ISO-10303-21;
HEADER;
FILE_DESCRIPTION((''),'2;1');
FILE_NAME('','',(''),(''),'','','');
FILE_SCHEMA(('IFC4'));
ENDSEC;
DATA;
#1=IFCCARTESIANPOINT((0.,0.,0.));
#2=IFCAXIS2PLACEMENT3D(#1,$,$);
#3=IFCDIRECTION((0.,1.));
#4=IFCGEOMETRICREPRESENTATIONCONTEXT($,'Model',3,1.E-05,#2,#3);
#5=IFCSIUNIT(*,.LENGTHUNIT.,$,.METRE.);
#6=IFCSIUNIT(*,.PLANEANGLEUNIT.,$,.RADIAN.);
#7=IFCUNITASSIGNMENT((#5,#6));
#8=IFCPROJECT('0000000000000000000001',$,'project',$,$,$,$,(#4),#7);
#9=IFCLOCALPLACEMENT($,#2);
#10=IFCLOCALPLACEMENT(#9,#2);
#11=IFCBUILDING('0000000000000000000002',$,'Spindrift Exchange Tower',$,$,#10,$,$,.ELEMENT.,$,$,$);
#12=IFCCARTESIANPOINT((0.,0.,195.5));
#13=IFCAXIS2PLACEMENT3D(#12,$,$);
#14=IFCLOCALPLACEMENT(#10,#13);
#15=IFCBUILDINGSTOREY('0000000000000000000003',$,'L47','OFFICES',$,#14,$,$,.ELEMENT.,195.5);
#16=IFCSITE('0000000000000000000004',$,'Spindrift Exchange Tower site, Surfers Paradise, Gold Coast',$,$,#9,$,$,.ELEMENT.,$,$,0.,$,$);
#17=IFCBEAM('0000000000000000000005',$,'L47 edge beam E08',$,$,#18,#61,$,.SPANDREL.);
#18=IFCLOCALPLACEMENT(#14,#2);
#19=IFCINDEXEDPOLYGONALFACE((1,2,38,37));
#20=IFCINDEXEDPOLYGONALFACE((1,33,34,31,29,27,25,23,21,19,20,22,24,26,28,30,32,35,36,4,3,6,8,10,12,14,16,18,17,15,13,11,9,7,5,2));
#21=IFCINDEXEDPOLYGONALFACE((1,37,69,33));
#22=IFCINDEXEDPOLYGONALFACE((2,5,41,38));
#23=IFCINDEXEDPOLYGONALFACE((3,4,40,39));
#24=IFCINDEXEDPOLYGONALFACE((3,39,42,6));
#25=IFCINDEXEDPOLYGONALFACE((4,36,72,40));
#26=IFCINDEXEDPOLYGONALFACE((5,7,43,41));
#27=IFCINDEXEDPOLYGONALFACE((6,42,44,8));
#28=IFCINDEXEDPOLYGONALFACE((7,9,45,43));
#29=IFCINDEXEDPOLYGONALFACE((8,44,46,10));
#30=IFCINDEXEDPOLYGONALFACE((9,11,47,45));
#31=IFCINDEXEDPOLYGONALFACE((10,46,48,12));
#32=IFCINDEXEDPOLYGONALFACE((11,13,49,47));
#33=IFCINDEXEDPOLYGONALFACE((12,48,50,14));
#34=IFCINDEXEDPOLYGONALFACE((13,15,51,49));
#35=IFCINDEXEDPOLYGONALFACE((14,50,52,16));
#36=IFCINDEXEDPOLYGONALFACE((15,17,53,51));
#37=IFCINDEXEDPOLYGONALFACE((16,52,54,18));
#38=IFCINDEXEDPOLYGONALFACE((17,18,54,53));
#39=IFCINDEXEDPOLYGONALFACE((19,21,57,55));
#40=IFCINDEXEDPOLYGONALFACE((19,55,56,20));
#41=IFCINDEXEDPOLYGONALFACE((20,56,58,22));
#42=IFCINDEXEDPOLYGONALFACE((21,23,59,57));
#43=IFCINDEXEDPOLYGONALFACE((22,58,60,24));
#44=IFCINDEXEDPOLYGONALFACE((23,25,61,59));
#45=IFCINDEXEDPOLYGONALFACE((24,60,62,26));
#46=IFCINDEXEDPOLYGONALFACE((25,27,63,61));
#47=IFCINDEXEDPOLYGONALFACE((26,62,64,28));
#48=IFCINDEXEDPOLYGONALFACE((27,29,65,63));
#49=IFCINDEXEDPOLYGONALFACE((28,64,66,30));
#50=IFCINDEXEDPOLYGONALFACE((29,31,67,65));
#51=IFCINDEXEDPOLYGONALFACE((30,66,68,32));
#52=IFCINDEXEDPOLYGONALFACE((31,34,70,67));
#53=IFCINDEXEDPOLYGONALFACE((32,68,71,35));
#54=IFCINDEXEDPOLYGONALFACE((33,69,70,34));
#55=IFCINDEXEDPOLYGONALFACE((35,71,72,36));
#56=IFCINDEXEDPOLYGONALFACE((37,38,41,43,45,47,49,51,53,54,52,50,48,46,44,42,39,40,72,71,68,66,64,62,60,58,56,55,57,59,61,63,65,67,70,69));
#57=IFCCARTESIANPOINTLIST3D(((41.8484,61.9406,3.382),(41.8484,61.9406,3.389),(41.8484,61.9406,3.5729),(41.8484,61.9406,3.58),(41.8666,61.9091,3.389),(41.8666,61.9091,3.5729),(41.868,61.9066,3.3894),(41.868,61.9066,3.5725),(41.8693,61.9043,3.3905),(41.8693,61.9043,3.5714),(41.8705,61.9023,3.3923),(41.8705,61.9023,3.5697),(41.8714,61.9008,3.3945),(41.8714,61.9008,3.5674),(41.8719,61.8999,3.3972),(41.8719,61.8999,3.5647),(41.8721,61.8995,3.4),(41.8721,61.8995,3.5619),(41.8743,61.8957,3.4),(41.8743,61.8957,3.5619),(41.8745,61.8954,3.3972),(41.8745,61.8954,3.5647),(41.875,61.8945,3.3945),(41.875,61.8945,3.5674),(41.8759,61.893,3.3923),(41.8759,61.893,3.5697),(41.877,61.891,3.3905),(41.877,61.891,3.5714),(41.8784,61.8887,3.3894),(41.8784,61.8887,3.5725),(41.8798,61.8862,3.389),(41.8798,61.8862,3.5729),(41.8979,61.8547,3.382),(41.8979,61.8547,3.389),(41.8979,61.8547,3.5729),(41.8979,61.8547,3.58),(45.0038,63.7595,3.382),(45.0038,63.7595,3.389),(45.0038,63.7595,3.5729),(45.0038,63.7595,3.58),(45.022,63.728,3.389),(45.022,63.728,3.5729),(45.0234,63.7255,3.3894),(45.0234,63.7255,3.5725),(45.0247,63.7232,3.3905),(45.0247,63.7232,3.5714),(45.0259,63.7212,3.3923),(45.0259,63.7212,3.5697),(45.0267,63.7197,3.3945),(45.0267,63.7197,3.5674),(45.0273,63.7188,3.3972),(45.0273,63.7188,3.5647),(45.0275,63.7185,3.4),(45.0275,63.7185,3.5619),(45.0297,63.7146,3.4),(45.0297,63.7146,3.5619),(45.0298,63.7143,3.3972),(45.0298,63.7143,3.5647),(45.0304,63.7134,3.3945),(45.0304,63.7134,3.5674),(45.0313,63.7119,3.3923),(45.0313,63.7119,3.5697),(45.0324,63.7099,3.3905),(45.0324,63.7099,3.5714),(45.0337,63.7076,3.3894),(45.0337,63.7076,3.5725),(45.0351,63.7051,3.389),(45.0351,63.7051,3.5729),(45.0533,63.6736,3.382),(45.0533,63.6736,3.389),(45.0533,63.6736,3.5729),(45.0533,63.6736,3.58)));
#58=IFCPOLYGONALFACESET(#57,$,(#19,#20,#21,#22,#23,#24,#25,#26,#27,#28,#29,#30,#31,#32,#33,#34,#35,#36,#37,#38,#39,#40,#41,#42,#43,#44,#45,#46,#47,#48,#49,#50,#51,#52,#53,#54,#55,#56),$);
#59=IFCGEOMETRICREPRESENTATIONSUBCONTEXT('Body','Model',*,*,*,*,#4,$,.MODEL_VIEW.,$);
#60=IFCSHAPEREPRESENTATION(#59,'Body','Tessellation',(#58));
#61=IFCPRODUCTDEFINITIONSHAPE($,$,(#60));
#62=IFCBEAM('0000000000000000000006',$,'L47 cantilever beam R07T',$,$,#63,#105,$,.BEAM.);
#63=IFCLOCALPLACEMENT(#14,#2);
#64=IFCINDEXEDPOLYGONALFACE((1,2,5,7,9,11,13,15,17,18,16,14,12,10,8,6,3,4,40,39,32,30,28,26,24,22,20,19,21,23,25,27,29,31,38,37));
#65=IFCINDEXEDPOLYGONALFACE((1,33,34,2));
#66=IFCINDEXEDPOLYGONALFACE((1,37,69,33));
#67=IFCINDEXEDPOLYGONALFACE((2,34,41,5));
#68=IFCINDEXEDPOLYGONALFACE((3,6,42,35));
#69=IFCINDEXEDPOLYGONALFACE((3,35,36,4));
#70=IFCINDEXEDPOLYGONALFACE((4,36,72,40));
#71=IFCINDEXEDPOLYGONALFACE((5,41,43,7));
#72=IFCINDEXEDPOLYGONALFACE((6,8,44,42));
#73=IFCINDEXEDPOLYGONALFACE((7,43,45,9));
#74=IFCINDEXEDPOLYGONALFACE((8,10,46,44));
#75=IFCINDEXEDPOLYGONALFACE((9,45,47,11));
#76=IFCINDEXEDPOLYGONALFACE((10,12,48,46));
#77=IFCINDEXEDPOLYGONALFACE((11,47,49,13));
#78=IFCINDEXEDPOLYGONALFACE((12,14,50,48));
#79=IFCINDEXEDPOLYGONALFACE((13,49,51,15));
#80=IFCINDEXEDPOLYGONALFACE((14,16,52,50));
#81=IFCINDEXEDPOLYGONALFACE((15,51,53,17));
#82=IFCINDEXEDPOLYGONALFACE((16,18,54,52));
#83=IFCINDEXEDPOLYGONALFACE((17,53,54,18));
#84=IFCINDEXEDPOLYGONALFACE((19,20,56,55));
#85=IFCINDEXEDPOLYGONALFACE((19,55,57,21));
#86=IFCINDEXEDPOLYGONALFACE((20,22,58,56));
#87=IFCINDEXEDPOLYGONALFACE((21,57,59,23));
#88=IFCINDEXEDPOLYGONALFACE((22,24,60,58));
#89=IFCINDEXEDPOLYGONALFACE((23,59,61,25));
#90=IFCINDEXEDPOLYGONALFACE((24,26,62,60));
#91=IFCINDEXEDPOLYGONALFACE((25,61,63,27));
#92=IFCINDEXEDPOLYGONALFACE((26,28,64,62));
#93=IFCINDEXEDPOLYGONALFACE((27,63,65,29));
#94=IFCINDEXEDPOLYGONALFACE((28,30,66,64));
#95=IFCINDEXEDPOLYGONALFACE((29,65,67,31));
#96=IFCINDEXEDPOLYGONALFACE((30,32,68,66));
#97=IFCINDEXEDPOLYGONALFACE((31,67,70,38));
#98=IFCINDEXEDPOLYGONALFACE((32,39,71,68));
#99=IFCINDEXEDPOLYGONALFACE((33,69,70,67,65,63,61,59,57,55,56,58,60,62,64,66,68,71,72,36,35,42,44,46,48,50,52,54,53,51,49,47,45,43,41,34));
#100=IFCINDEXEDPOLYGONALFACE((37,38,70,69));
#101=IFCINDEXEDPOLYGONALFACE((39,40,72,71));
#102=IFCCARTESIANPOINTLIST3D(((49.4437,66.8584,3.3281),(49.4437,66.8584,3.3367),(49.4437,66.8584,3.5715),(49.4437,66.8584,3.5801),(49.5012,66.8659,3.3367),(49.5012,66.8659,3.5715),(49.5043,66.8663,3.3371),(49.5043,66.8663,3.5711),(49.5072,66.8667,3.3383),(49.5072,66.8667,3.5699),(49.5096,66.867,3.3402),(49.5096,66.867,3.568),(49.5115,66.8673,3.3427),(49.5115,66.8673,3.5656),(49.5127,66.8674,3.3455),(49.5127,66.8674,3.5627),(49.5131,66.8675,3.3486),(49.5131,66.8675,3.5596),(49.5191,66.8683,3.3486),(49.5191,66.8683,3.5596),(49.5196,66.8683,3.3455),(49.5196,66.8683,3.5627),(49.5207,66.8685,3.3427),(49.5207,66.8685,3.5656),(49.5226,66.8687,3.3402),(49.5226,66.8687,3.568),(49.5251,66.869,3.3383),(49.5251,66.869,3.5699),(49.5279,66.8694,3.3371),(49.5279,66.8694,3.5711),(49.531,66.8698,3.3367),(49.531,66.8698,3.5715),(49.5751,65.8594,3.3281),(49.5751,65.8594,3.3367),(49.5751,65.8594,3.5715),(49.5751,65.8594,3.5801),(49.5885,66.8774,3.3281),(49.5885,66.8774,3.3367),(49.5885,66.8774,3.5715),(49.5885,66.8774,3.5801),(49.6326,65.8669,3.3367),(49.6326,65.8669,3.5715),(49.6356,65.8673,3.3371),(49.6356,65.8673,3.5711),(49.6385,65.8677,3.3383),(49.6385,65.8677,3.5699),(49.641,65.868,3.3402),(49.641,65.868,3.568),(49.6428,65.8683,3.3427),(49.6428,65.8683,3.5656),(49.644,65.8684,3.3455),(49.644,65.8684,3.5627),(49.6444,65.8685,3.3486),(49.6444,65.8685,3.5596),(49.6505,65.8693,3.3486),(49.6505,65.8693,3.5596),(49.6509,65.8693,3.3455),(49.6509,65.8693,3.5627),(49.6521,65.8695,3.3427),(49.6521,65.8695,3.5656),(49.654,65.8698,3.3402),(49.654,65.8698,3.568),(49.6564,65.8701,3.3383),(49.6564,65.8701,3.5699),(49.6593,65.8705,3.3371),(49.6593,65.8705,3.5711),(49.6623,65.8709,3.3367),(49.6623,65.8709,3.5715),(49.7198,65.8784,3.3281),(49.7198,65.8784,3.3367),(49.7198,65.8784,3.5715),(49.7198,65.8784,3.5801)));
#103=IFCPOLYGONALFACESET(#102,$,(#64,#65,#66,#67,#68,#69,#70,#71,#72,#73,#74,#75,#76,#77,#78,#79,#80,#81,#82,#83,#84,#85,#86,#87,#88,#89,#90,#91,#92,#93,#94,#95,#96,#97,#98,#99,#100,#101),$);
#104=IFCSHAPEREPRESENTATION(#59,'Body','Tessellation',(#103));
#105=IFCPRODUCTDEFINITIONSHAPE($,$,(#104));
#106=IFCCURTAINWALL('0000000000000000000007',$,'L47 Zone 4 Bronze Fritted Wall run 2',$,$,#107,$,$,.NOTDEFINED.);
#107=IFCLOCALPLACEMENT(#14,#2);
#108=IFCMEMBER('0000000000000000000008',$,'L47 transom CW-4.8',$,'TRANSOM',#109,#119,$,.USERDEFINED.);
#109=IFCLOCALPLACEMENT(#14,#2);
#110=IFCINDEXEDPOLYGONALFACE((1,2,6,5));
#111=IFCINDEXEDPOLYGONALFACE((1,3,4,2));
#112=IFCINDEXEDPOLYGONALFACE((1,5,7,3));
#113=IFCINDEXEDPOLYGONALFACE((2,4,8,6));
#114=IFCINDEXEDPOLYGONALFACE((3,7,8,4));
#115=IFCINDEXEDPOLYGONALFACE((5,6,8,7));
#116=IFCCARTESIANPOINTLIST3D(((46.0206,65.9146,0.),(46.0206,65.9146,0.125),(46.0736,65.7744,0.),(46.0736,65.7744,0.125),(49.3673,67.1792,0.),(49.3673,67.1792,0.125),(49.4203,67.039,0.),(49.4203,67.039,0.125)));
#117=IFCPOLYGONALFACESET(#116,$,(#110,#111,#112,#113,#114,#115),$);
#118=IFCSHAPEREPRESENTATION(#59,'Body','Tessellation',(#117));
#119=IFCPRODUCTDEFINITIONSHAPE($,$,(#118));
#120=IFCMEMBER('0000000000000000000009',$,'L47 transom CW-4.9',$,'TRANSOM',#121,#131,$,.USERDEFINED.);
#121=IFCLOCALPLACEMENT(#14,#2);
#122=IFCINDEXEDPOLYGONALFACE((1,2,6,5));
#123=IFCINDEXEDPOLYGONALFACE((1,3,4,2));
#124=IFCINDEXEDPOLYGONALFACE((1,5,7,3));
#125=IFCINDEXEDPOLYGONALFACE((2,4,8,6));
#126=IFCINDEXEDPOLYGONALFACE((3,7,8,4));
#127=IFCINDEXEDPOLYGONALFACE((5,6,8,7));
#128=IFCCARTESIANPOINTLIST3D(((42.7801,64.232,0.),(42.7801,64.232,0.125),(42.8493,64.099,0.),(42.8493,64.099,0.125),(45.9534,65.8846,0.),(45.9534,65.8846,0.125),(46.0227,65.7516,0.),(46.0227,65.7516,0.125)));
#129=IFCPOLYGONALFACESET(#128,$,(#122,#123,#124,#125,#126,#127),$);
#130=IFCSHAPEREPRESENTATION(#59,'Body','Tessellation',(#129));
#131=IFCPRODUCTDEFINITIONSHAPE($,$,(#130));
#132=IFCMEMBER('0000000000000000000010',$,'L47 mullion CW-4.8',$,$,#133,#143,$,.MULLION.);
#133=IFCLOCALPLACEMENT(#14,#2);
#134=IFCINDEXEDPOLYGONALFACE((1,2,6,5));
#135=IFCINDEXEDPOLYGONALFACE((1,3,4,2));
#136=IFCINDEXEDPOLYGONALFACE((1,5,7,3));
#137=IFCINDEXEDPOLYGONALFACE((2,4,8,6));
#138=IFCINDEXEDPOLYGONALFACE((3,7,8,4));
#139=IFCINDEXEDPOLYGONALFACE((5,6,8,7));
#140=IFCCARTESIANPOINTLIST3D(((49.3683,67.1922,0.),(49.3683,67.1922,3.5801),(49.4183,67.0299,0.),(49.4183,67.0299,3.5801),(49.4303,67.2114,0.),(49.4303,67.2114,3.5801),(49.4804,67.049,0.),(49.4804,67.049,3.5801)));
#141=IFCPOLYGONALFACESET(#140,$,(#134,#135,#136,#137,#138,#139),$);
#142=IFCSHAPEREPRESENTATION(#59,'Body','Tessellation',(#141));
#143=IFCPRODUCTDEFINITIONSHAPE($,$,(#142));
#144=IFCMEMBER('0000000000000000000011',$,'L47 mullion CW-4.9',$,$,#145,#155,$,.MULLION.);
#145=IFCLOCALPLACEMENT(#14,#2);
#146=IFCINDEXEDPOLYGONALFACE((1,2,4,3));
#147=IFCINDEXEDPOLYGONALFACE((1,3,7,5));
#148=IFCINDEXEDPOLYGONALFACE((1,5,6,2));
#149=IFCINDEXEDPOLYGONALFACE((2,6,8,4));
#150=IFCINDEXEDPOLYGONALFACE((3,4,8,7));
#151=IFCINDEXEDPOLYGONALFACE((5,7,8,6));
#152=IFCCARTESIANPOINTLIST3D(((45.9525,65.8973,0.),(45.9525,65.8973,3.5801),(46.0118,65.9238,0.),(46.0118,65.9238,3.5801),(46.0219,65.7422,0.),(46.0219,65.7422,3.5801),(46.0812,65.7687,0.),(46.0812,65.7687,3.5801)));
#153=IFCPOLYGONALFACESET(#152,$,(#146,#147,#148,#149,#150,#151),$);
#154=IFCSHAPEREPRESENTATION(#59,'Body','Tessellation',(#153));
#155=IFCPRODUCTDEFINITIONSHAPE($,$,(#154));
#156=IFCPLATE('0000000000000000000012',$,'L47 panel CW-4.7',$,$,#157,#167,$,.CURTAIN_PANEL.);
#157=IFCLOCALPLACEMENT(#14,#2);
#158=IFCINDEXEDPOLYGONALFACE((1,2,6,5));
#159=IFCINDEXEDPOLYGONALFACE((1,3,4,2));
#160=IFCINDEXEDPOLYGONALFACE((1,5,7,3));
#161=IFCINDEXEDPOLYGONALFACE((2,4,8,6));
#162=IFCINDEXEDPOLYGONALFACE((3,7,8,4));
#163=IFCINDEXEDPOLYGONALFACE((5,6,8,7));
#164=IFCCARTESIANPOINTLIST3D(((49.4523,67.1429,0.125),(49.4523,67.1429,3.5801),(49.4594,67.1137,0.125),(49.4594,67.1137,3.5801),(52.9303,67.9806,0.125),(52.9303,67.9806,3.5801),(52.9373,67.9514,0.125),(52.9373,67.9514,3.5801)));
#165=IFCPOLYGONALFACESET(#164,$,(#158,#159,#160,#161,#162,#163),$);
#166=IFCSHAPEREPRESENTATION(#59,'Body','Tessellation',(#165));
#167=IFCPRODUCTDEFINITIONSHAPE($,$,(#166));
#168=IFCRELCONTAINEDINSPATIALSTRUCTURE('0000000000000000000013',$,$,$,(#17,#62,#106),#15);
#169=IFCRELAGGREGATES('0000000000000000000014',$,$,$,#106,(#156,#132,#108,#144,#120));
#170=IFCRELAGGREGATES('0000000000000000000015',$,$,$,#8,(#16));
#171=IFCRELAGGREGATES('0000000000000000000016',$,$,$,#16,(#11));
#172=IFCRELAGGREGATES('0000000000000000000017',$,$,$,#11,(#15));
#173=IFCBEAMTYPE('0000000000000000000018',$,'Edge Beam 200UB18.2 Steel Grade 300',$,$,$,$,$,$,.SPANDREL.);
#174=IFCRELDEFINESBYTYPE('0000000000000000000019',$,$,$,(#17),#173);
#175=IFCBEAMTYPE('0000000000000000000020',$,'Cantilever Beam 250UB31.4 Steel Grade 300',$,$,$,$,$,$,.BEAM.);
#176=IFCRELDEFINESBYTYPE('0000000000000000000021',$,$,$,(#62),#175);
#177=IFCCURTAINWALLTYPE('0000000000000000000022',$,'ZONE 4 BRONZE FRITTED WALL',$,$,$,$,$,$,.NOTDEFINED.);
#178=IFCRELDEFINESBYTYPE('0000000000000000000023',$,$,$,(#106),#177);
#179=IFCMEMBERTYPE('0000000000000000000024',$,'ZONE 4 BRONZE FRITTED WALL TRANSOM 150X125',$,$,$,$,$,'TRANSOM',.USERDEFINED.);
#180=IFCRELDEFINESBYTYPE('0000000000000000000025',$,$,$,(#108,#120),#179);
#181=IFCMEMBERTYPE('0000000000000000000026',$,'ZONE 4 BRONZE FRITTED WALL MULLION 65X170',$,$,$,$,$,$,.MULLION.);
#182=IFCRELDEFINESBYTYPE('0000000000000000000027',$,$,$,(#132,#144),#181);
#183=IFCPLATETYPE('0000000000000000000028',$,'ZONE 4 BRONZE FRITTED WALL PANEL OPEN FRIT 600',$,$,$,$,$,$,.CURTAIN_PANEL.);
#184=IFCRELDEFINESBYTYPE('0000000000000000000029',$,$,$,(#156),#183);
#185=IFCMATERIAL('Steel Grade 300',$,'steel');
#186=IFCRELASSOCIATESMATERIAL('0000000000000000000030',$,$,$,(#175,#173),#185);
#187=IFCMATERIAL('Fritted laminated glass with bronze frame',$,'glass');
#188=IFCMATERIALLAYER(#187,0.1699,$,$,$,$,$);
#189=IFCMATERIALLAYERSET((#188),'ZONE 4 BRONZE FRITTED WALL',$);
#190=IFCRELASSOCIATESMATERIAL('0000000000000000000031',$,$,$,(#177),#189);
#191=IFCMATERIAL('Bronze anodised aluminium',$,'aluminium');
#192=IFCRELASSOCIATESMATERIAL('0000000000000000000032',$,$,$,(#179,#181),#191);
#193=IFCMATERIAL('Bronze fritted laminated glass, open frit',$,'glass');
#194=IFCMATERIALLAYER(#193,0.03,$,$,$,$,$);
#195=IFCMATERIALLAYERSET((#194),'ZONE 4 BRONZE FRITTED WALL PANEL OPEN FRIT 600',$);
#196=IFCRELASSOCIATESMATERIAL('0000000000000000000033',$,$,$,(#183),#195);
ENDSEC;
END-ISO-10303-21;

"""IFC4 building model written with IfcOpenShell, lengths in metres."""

from ifc_helpers import new_model, si_unit, direction, frame, origin, origin_2d, place, context, subcontext, project, spatial, rectangle, i_section, extrude, source, transform, mapped, material, layer, layer_set, material_profile, profile_set, type_object, element, aggregate, save


model = new_model("IFC4")

# Units and contexts
model_context = context("Model", 3, precision=1e-05, world=origin(), true_north=direction((0.0, 1.0)))
body_context = subcontext(model_context, "Body", "Model", "MODEL_VIEW")
ifc_project = project(units=[si_unit("LENGTHUNIT", "METRE"), si_unit("PLANEANGLEUNIT", "RADIAN")], contexts=[model_context])

# Site, building, storey
site_placement = place(None, origin())
site = spatial("IfcSite", under=ifc_project, at=site_placement, Name="Spindrift Exchange Tower site, Surfers Paradise, Gold Coast", CompositionType="ELEMENT", RefElevation=0.0)
building_placement = place(site_placement, origin())
building = spatial("IfcBuilding", under=site, at=building_placement, Name="Spindrift Exchange Tower", CompositionType="ELEMENT")
storey_placement = place(building_placement, frame((0.0, 0.0, 195.5)))
storey = spatial("IfcBuildingStorey", under=building, at=storey_placement, Name="L47", Description="OFFICES", CompositionType="ELEMENT", Elevation=195.5)

# Beams
ifc_material_1 = material(Name="Steel Grade 300", Category="steel")
ifc_material_profile_1 = material_profile(ifc_material_1, i_section(OverallWidth=0.146, OverallDepth=0.252, WebThickness=0.0061, FlangeThickness=0.0085, FilletRadius=0.012, at=origin_2d()), Name="250UB31.4")
ifc_profile_set_1 = profile_set([ifc_material_profile_1], Name="Steel Grade 300")
beam_type_1 = type_object("IfcBeamType", Name="Cantilever Beam 250UB31.4 Steel Grade 300", PredefinedType="BEAM", material=ifc_profile_set_1)
ifc_material_profile_2 = material_profile(ifc_material_1, i_section(OverallWidth=0.0991, OverallDepth=0.198, WebThickness=0.0044, FlangeThickness=0.0071, FilletRadius=0.011, at=origin_2d()), Name="200UB18.2")
ifc_profile_set_2 = profile_set([ifc_material_profile_2], Name="Steel Grade 300")
beam_type_2 = type_object("IfcBeamType", Name="Edge Beam 200UB18.2 Steel Grade 300", PredefinedType="SPANDREL", material=ifc_profile_set_2)
shared_shape_1 = source(origin(), body_context, "Body", "SweptSolid", [
    extrude(i_section(OverallWidth=0.0991, OverallDepth=0.198, WebThickness=0.0044, FlangeThickness=0.0071, FilletRadius=0.011, at=origin_2d()), origin(), (0.0, 0.0, 1.0), 3.6421),
])
beam_1_placement = place(storey_placement, frame((45.0286, 63.7166, 3.481), z_axis=(-0.866364, -0.499413, 0.0), x_axis=(0.499413, -0.866364, 0.0)))
element("IfcBeam", 1, at=beam_1_placement, inside=storey, type_object=beam_type_2, Name="L47 edge beam E08", PredefinedType="SPANDREL", context=body_context, shape_type="MappedRepresentation", body=[
    mapped(shared_shape_1, transform((0.0, 0.0, 0.0), scale=1.0)),
])
shared_shape_2 = source(origin(), body_context, "Body", "SweptSolid", [
    extrude(i_section(OverallWidth=0.146, OverallDepth=0.252, WebThickness=0.0061, FlangeThickness=0.0085, FilletRadius=0.012, at=origin_2d()), origin(), (0.0, 0.0, 1.0), 1.0076),
])
beam_2_placement = place(storey_placement, frame((49.6475, 65.8689, 3.4541), z_axis=(-0.130354, 0.991467, 0.0), x_axis=(-0.991467, -0.130354, 0.0)))
element("IfcBeam", 2, at=beam_2_placement, inside=storey, type_object=beam_type_1, Name="L47 cantilever beam R07T", PredefinedType="BEAM", context=body_context, shape_type="MappedRepresentation", body=[
    mapped(shared_shape_2, transform((0.0, 0.0, 0.0), scale=1.0)),
])

# Curtain wall, members, plate
ifc_material_2 = material(Name="Fritted laminated glass with bronze frame", Category="glass")
ifc_layer_1 = layer(ifc_material_2, 0.1699)
ifc_layer_set_1 = layer_set([ifc_layer_1], Name="ZONE 4 BRONZE FRITTED WALL")
curtain_wall_type = type_object("IfcCurtainWallType", Name="ZONE 4 BRONZE FRITTED WALL", PredefinedType="NOTDEFINED", material=ifc_layer_set_1)
curtain_wall_placement = place(storey_placement, origin())
curtain_wall = element("IfcCurtainWall", 3, at=curtain_wall_placement, inside=storey, type_object=curtain_wall_type, Name="L47 Zone 4 Bronze Fritted Wall run 2", PredefinedType="NOTDEFINED")
ifc_material_3 = material(Name="Bronze anodised aluminium", Category="aluminium")
ifc_material_profile_3 = material_profile(ifc_material_3, rectangle(XDim=0.1499, YDim=0.125, at=origin_2d()), Name="ZONE 4 BRONZE FRITTED WALL TRANSOM 150X125")
ifc_profile_set_3 = profile_set([ifc_material_profile_3], Name="Bronze anodised aluminium")
member_type_1 = type_object("IfcMemberType", Name="ZONE 4 BRONZE FRITTED WALL TRANSOM 150X125", ElementType="TRANSOM", PredefinedType="USERDEFINED", material=ifc_profile_set_3)
shared_shape_3 = source(origin(), body_context, "Body", "SweptSolid", [
    extrude(rectangle(XDim=0.1499, YDim=0.125, at=origin_2d()), origin(), (0.0, 0.0, 1.0), 3.5776),
])
member_1_placement = place(storey_placement, frame((49.3938, 67.1091, 0.0625), z_axis=(-0.93544, -0.353485, 0.0), x_axis=(0.353485, -0.93544, 0.0)))
member_1 = element("IfcMember", 4, at=member_1_placement, type_object=member_type_1, Name="L47 transom CW-4.8", ObjectType="TRANSOM", PredefinedType="USERDEFINED", context=body_context, shape_type="MappedRepresentation", body=[
    mapped(shared_shape_3, transform((0.0, 0.0, 0.0), scale=1.0)),
])
shared_shape_4 = source(origin(), body_context, "Body", "SweptSolid", [
    extrude(rectangle(XDim=0.1499, YDim=0.125, at=origin_2d()), origin(), (0.0, 0.0, 1.0), 3.5779),
])
member_2_placement = place(storey_placement, frame((45.988, 65.8181, 0.0625), z_axis=(-0.886936, -0.461892, 0.0), x_axis=(0.461892, -0.886936, 0.0)))
member_2 = element("IfcMember", 5, at=member_2_placement, type_object=member_type_1, Name="L47 transom CW-4.9", ObjectType="TRANSOM", PredefinedType="USERDEFINED", context=body_context, shape_type="MappedRepresentation", body=[
    mapped(shared_shape_4, transform((0.0, 0.0, 0.0), scale=1.0)),
])
ifc_material_profile_4 = material_profile(ifc_material_3, rectangle(XDim=0.0649, YDim=0.1699, at=origin_2d()), Name="ZONE 4 BRONZE FRITTED WALL MULLION 65X170")
ifc_profile_set_4 = profile_set([ifc_material_profile_4], Name="Bronze anodised aluminium")
member_type_2 = type_object("IfcMemberType", Name="ZONE 4 BRONZE FRITTED WALL MULLION 65X170", PredefinedType="MULLION", material=ifc_profile_set_4)
shared_shape_5 = source(origin(), body_context, "Body", "SweptSolid", [
    extrude(rectangle(XDim=0.0649, YDim=0.1699, at=origin_2d()), origin(), (0.0, 0.0, 1.0), 3.5801),
])
member_3_placement = place(storey_placement, frame((49.4243, 67.1206, 0.0), z_axis=(0.0, 0.0, 1.0), x_axis=(-0.955692, -0.294369, 0.0)))
member_3 = element("IfcMember", 6, at=member_3_placement, type_object=member_type_2, Name="L47 mullion CW-4.8", PredefinedType="MULLION", context=body_context, shape_type="MappedRepresentation", body=[
    mapped(shared_shape_5, transform((0.0, 0.0, 0.0), scale=1.0)),
])
member_4_placement = place(storey_placement, frame((46.0168, 65.833, 0.0), z_axis=(0.0, 0.0, 1.0), x_axis=(-0.912812, -0.408381, 0.0)))
member_4 = element("IfcMember", 7, at=member_4_placement, type_object=member_type_2, Name="L47 mullion CW-4.9", PredefinedType="MULLION", context=body_context, shape_type="MappedRepresentation", body=[
    mapped(shared_shape_5, transform((0.0, 0.0, 0.0), scale=1.0)),
])
ifc_material_4 = material(Name="Bronze fritted laminated glass, open frit", Category="glass")
ifc_layer_2 = layer(ifc_material_4, 0.03)
ifc_layer_set_2 = layer_set([ifc_layer_2], Name="ZONE 4 BRONZE FRITTED WALL PANEL OPEN FRIT 600")
plate_type_1 = type_object("IfcPlateType", Name="ZONE 4 BRONZE FRITTED WALL PANEL OPEN FRIT 600", PredefinedType="CURTAIN_PANEL", material=ifc_layer_set_2)
shared_shape_6 = source(origin(), body_context, "Body", "SweptSolid", [
    extrude(rectangle(XDim=3.5774, YDim=0.03, at=origin_2d()), origin(), (0.0, 0.0, 1.0), 3.4551),
])
plate_1_placement = place(storey_placement, frame((51.1948, 67.5471, 0.125), z_axis=(0.0, 0.0, 1.0), x_axis=(-0.972198, -0.234161, 0.0)))
plate_1 = element("IfcPlate", 8, at=plate_1_placement, type_object=plate_type_1, Name="L47 panel CW-4.7", PredefinedType="CURTAIN_PANEL", context=body_context, shape_type="MappedRepresentation", body=[
    mapped(shared_shape_6, transform((0.0, 0.0, 0.0), scale=1.0)),
])
aggregate(curtain_wall, [plate_1, member_3, member_1, member_4, member_2])

save(model, "model.ifc")
